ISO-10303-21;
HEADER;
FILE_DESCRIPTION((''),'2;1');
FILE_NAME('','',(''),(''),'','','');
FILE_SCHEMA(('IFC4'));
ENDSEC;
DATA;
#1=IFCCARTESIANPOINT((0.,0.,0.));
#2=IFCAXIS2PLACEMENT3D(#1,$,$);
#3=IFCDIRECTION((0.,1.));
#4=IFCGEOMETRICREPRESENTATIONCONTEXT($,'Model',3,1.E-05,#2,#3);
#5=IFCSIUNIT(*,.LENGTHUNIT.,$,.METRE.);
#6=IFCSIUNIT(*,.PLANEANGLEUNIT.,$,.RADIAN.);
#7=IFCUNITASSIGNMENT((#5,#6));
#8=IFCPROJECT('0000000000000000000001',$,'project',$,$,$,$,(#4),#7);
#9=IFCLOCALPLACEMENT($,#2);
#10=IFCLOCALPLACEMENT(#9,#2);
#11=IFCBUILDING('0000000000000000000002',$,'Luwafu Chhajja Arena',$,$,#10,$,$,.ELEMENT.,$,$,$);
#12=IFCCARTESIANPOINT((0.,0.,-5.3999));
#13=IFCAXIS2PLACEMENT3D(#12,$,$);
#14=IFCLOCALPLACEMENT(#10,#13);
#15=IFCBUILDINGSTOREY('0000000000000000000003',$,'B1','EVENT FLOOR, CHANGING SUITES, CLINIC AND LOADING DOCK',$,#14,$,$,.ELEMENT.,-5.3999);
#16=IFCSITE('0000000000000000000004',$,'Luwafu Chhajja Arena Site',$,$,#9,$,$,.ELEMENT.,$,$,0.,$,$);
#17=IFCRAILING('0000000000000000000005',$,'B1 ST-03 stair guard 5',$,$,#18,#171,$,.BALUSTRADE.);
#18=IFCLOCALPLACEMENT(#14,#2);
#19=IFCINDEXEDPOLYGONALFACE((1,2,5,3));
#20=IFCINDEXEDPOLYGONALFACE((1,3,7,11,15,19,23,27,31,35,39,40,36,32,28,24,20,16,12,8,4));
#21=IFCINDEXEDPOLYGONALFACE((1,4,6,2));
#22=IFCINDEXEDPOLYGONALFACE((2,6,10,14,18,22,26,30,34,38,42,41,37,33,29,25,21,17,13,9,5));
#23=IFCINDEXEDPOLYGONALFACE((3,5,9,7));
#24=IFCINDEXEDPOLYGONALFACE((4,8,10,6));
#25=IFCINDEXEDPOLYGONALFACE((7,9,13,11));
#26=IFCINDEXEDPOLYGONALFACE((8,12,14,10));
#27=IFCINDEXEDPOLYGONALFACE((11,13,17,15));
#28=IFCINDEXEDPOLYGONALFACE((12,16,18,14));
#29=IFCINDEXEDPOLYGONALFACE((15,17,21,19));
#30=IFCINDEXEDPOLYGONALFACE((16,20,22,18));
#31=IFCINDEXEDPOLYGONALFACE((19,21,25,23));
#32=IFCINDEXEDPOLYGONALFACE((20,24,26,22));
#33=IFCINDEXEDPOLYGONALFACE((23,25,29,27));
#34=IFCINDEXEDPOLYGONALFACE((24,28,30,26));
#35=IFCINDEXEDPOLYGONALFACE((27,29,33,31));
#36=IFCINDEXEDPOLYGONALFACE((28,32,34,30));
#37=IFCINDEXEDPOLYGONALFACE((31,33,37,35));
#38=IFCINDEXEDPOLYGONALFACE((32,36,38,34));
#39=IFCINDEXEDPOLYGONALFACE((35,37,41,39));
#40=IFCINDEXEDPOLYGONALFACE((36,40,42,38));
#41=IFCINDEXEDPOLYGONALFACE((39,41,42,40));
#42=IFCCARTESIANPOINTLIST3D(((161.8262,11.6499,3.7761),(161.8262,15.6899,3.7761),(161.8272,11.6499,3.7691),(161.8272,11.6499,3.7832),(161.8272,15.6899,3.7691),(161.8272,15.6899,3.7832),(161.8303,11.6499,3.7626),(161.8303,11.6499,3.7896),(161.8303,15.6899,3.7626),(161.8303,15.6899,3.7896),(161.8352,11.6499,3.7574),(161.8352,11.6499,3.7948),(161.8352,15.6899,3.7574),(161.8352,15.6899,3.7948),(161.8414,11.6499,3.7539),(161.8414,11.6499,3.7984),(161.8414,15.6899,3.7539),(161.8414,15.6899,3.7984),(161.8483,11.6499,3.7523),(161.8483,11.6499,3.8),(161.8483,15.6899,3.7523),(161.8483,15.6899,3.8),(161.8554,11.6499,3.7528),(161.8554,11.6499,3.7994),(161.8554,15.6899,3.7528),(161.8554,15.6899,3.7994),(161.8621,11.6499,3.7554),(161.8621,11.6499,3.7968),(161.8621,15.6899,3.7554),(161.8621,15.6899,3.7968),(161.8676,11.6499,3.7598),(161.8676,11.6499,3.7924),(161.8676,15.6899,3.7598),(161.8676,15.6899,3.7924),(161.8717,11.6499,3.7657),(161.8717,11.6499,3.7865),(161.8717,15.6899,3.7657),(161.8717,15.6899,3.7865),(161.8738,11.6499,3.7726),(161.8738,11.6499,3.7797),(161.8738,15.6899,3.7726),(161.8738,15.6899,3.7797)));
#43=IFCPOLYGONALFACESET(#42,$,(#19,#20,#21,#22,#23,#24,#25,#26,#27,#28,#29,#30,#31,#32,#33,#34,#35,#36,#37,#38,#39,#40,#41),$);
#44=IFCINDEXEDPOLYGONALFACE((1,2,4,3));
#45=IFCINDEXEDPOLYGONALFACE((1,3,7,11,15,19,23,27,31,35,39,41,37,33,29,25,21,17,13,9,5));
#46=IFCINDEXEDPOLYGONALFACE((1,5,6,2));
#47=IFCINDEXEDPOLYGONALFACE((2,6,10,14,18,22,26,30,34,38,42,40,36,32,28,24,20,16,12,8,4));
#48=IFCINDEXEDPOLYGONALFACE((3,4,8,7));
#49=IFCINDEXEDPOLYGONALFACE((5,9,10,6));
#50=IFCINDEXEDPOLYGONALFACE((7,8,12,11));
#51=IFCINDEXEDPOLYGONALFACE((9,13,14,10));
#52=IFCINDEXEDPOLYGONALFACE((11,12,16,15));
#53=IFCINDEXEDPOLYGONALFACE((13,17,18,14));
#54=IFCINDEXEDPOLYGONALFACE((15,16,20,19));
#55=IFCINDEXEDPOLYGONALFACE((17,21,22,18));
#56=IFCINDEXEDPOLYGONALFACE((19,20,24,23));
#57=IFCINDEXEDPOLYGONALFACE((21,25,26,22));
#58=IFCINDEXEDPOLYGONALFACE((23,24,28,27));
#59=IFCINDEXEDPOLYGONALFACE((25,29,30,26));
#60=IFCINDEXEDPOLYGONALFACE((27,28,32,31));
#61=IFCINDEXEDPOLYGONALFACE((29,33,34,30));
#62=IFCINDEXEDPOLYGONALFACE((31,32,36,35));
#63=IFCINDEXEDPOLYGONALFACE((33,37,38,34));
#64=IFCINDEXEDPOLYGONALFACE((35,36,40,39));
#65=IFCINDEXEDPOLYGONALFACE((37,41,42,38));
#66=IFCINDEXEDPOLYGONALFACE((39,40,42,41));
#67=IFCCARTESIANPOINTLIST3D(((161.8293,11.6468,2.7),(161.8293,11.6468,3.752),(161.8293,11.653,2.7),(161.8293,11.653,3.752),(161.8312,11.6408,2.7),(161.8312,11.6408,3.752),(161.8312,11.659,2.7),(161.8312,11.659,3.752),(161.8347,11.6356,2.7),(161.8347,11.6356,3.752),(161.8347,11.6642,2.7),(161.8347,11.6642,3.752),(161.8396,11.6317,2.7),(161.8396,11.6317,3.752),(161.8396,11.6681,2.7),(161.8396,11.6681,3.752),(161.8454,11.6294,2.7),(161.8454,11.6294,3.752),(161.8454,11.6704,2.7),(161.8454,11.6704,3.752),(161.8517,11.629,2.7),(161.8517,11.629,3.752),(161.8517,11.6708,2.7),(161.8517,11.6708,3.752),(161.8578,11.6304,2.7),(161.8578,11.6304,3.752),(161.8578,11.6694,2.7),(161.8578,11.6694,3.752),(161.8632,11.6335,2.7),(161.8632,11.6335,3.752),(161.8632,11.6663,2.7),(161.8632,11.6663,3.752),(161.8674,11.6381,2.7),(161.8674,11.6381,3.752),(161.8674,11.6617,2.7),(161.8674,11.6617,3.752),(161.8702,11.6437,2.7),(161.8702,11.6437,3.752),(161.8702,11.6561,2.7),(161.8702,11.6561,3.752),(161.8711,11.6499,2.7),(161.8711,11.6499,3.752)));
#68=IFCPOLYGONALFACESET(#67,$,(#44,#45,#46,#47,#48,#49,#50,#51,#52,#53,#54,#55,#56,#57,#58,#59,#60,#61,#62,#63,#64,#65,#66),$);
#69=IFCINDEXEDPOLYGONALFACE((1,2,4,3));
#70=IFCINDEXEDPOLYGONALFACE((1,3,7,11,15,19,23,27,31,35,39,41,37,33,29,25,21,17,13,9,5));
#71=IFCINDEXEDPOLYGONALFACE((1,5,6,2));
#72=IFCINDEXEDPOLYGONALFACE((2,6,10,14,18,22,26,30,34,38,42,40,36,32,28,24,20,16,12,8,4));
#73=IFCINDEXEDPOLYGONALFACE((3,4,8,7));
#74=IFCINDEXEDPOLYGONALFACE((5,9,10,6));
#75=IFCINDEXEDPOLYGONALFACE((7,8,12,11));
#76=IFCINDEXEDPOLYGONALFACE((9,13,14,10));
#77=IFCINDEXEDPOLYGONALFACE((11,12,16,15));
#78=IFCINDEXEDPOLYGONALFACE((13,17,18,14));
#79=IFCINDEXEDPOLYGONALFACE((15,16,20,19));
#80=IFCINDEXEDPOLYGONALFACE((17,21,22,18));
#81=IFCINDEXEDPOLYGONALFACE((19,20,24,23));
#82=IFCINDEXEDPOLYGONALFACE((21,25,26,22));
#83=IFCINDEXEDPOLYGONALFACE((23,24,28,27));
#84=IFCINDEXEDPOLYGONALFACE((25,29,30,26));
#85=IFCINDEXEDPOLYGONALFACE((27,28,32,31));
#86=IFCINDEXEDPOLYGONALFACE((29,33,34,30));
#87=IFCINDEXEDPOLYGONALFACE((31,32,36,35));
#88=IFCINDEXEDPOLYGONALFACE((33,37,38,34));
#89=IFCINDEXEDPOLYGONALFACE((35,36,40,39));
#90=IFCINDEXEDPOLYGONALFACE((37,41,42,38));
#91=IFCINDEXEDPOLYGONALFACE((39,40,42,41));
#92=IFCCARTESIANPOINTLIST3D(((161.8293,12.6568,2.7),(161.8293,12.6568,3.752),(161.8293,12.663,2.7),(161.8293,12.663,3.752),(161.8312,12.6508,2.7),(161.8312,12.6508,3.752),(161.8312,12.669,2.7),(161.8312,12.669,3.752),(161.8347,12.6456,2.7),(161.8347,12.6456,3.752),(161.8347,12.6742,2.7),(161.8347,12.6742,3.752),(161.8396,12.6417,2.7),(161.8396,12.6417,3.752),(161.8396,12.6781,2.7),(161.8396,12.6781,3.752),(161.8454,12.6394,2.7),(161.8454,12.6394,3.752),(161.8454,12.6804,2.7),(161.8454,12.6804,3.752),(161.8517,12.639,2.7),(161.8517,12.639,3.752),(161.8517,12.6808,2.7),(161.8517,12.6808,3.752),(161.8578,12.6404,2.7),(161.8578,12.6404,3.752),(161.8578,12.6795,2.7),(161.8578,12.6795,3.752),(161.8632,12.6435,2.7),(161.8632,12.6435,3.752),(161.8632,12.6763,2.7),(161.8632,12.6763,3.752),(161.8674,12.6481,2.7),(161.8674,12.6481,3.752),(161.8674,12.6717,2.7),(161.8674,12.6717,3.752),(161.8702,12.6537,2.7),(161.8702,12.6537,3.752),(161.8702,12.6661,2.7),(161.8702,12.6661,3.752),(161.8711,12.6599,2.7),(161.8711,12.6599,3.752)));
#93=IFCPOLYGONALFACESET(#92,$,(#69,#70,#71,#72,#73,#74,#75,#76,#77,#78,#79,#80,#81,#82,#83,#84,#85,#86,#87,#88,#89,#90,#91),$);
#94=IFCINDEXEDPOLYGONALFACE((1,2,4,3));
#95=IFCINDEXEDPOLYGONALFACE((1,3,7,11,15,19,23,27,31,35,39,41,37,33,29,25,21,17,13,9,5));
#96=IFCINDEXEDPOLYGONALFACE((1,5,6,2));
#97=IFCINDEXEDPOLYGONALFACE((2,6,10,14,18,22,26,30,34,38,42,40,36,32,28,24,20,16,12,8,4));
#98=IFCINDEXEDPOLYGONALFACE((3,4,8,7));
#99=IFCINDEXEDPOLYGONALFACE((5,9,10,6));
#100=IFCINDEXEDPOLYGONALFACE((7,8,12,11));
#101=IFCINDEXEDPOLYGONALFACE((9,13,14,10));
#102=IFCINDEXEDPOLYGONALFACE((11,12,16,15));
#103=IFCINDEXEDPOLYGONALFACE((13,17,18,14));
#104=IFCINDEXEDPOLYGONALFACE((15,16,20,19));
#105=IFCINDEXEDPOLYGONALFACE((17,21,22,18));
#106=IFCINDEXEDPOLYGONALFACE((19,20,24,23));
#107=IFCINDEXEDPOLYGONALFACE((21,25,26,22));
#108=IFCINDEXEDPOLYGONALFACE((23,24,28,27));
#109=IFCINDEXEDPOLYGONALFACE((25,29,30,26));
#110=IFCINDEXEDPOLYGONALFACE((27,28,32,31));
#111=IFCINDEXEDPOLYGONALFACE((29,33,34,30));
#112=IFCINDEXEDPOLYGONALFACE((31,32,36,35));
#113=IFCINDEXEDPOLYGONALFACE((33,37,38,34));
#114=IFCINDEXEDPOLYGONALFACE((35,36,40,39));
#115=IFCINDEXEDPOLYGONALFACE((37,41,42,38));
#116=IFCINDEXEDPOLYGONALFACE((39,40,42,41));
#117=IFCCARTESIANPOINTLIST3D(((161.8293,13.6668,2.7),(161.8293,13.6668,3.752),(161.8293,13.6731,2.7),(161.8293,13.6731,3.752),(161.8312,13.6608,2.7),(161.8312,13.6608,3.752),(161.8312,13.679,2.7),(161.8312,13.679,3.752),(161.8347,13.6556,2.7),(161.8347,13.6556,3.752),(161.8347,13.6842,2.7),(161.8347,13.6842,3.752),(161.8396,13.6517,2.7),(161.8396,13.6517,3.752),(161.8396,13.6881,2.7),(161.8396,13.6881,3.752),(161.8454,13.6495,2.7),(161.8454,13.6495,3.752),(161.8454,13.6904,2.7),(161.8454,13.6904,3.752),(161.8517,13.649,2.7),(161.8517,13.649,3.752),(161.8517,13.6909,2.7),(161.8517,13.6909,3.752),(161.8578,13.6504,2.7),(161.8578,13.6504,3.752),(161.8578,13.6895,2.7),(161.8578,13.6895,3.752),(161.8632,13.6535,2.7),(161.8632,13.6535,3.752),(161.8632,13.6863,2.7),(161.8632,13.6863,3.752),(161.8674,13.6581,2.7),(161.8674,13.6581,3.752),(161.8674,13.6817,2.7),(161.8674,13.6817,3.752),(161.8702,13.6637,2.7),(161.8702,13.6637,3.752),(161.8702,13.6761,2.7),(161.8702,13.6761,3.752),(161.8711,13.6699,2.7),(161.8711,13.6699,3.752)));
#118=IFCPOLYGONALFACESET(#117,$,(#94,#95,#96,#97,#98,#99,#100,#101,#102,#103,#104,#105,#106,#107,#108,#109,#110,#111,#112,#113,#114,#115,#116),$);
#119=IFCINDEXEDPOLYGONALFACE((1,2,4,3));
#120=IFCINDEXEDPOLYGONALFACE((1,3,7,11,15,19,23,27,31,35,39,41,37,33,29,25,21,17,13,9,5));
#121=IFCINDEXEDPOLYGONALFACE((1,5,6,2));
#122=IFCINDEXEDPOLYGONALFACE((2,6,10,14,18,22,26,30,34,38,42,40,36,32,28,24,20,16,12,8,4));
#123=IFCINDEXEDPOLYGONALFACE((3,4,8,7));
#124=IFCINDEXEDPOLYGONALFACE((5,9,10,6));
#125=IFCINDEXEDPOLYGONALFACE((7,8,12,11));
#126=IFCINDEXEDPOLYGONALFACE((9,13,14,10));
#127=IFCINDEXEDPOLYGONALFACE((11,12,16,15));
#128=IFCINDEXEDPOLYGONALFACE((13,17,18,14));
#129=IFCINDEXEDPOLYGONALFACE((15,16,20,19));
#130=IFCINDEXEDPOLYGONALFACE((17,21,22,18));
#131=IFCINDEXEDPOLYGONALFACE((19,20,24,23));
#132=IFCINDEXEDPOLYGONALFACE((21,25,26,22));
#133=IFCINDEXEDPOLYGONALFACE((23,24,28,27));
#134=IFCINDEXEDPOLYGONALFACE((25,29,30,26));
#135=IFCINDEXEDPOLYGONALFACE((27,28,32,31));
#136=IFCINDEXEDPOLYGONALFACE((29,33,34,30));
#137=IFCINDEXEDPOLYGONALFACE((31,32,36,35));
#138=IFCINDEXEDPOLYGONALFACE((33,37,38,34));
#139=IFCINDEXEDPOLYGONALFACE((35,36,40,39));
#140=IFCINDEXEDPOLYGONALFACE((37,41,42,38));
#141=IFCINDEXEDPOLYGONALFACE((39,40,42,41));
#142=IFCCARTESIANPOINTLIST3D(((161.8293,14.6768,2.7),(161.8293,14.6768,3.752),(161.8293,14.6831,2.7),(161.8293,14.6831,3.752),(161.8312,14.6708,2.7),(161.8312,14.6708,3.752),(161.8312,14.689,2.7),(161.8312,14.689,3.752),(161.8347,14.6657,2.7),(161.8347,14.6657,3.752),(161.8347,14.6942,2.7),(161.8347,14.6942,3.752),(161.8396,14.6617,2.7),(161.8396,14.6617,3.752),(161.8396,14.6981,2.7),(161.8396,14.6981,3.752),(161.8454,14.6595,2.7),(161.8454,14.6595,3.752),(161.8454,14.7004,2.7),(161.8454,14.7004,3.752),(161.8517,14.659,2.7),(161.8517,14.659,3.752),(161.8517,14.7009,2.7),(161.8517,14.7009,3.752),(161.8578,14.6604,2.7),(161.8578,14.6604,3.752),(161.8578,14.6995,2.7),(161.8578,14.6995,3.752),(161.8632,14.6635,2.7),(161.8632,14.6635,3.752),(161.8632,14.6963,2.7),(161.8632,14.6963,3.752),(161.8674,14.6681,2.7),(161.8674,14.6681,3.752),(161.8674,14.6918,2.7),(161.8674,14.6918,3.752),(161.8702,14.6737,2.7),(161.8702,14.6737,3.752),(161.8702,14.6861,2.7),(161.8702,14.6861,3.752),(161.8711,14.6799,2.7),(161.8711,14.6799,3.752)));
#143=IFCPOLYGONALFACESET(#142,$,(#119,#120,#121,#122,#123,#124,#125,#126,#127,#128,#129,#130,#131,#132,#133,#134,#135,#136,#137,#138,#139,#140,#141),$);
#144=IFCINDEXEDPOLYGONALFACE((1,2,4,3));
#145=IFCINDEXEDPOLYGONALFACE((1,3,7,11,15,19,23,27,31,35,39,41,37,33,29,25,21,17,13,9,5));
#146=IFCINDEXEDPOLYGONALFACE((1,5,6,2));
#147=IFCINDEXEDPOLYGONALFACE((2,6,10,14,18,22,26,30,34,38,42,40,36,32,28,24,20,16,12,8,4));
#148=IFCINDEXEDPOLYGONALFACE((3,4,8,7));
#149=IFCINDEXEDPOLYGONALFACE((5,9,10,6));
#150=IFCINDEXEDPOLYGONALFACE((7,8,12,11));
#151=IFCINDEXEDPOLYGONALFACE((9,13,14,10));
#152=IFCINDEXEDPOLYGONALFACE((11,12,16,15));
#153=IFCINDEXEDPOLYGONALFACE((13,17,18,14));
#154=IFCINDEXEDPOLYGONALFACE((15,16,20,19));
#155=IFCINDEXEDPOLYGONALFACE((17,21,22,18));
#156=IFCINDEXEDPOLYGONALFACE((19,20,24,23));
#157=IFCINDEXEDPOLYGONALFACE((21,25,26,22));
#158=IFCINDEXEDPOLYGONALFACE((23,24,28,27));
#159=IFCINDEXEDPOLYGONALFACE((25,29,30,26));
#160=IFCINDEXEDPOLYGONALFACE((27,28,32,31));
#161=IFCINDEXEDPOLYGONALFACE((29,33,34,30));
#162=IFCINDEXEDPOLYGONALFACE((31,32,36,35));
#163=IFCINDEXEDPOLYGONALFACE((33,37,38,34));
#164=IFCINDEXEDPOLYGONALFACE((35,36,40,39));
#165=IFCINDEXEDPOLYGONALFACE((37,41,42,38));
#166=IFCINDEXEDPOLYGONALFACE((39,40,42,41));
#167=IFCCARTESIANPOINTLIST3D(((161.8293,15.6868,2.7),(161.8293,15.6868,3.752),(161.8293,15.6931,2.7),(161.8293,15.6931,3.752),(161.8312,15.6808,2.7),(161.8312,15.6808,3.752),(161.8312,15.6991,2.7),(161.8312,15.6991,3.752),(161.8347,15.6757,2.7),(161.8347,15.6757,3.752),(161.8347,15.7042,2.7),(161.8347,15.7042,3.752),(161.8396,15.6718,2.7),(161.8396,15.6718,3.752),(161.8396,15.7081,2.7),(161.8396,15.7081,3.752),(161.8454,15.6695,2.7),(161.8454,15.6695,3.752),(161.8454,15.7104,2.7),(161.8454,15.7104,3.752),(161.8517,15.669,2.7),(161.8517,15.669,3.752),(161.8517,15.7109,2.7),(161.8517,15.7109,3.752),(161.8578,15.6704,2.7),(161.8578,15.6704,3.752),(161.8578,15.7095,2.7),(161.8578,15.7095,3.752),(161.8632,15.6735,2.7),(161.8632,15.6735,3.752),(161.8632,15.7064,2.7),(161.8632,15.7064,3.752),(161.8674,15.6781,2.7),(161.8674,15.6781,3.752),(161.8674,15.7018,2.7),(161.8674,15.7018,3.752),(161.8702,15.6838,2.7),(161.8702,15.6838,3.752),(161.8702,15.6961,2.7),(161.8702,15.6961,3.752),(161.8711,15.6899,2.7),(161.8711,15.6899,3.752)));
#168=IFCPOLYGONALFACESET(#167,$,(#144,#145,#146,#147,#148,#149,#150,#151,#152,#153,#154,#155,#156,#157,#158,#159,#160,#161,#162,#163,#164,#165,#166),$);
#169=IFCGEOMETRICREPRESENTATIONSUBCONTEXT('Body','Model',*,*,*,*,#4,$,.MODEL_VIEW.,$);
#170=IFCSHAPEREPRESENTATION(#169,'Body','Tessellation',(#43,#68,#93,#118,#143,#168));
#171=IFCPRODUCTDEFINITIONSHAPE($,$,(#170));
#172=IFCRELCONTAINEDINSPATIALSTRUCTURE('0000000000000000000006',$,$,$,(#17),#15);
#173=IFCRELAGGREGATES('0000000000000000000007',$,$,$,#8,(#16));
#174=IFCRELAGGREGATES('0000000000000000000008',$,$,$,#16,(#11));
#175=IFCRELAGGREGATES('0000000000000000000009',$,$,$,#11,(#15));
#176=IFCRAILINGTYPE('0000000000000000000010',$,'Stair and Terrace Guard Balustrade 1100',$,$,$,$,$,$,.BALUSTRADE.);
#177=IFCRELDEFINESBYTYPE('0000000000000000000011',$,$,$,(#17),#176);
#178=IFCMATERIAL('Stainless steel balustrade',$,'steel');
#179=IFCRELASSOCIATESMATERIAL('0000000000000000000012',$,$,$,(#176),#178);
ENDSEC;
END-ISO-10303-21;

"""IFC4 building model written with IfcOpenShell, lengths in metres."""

from ifc_helpers import new_model, si_unit, direction, frame, origin, origin_2d, place, context, subcontext, project, spatial, circle, extrude, material, type_object, element, save


model = new_model("IFC4")

# Units and contexts
model_context = context("Model", 3, precision=1e-05, world=origin(), true_north=direction((0.0, 1.0)))
body_context = subcontext(model_context, "Body", "Model", "MODEL_VIEW")
ifc_project = project(units=[si_unit("LENGTHUNIT", "METRE"), si_unit("PLANEANGLEUNIT", "RADIAN")], contexts=[model_context])

# Site, building, storey
site_placement = place(None, origin())
site = spatial("IfcSite", under=ifc_project, at=site_placement, Name="Luwafu Chhajja Arena Site", CompositionType="ELEMENT", RefElevation=0.0)
building_placement = place(site_placement, origin())
building = spatial("IfcBuilding", under=site, at=building_placement, Name="Luwafu Chhajja Arena", CompositionType="ELEMENT")
storey_placement = place(building_placement, frame((0.0, 0.0, -5.3999)))
storey = spatial("IfcBuildingStorey", under=building, at=storey_placement, Name="B1", Description="EVENT FLOOR, CHANGING SUITES, CLINIC AND LOADING DOCK", CompositionType="ELEMENT", Elevation=-5.3999)

# Railing
ifc_material_1 = material(Name="Stainless steel balustrade", Category="steel")
railing_type_1 = type_object("IfcRailingType", Name="Stair and Terrace Guard Balustrade 1100", PredefinedType="BALUSTRADE", material=ifc_material_1)
railing_1_placement = place(storey_placement, frame((161.8501, 11.6499, 2.7)))
element("IfcRailing", 1, at=railing_1_placement, inside=storey, type_object=railing_type_1, Name="B1 ST-03 stair guard 5", PredefinedType="BALUSTRADE", context=body_context, shape_type="SweptSolid", body=[
    extrude(circle(Radius=0.0239, at=origin_2d()), frame((0.0, 0.0, 1.0762), z_axis=(0.0, 1.0, 0.0), x_axis=(-1.0, 0.0, 0.0)), (0.0, 0.0, 1.0), 4.04),
    extrude(circle(Radius=0.021, at=origin_2d()), origin(), (0.0, 0.0, 1.0), 1.052),
    extrude(circle(Radius=0.021, at=origin_2d()), frame((0.0, 1.01, 0.0)), (0.0, 0.0, 1.0), 1.052),
    extrude(circle(Radius=0.021, at=origin_2d()), frame((0.0, 2.02, 0.0)), (0.0, 0.0, 1.0), 1.052),
    extrude(circle(Radius=0.021, at=origin_2d()), frame((0.0, 3.03, 0.0)), (0.0, 0.0, 1.0), 1.052),
    extrude(circle(Radius=0.021, at=origin_2d()), frame((0.0, 4.04, 0.0)), (0.0, 0.0, 1.0), 1.052),
])

save(model, "model.ifc")
